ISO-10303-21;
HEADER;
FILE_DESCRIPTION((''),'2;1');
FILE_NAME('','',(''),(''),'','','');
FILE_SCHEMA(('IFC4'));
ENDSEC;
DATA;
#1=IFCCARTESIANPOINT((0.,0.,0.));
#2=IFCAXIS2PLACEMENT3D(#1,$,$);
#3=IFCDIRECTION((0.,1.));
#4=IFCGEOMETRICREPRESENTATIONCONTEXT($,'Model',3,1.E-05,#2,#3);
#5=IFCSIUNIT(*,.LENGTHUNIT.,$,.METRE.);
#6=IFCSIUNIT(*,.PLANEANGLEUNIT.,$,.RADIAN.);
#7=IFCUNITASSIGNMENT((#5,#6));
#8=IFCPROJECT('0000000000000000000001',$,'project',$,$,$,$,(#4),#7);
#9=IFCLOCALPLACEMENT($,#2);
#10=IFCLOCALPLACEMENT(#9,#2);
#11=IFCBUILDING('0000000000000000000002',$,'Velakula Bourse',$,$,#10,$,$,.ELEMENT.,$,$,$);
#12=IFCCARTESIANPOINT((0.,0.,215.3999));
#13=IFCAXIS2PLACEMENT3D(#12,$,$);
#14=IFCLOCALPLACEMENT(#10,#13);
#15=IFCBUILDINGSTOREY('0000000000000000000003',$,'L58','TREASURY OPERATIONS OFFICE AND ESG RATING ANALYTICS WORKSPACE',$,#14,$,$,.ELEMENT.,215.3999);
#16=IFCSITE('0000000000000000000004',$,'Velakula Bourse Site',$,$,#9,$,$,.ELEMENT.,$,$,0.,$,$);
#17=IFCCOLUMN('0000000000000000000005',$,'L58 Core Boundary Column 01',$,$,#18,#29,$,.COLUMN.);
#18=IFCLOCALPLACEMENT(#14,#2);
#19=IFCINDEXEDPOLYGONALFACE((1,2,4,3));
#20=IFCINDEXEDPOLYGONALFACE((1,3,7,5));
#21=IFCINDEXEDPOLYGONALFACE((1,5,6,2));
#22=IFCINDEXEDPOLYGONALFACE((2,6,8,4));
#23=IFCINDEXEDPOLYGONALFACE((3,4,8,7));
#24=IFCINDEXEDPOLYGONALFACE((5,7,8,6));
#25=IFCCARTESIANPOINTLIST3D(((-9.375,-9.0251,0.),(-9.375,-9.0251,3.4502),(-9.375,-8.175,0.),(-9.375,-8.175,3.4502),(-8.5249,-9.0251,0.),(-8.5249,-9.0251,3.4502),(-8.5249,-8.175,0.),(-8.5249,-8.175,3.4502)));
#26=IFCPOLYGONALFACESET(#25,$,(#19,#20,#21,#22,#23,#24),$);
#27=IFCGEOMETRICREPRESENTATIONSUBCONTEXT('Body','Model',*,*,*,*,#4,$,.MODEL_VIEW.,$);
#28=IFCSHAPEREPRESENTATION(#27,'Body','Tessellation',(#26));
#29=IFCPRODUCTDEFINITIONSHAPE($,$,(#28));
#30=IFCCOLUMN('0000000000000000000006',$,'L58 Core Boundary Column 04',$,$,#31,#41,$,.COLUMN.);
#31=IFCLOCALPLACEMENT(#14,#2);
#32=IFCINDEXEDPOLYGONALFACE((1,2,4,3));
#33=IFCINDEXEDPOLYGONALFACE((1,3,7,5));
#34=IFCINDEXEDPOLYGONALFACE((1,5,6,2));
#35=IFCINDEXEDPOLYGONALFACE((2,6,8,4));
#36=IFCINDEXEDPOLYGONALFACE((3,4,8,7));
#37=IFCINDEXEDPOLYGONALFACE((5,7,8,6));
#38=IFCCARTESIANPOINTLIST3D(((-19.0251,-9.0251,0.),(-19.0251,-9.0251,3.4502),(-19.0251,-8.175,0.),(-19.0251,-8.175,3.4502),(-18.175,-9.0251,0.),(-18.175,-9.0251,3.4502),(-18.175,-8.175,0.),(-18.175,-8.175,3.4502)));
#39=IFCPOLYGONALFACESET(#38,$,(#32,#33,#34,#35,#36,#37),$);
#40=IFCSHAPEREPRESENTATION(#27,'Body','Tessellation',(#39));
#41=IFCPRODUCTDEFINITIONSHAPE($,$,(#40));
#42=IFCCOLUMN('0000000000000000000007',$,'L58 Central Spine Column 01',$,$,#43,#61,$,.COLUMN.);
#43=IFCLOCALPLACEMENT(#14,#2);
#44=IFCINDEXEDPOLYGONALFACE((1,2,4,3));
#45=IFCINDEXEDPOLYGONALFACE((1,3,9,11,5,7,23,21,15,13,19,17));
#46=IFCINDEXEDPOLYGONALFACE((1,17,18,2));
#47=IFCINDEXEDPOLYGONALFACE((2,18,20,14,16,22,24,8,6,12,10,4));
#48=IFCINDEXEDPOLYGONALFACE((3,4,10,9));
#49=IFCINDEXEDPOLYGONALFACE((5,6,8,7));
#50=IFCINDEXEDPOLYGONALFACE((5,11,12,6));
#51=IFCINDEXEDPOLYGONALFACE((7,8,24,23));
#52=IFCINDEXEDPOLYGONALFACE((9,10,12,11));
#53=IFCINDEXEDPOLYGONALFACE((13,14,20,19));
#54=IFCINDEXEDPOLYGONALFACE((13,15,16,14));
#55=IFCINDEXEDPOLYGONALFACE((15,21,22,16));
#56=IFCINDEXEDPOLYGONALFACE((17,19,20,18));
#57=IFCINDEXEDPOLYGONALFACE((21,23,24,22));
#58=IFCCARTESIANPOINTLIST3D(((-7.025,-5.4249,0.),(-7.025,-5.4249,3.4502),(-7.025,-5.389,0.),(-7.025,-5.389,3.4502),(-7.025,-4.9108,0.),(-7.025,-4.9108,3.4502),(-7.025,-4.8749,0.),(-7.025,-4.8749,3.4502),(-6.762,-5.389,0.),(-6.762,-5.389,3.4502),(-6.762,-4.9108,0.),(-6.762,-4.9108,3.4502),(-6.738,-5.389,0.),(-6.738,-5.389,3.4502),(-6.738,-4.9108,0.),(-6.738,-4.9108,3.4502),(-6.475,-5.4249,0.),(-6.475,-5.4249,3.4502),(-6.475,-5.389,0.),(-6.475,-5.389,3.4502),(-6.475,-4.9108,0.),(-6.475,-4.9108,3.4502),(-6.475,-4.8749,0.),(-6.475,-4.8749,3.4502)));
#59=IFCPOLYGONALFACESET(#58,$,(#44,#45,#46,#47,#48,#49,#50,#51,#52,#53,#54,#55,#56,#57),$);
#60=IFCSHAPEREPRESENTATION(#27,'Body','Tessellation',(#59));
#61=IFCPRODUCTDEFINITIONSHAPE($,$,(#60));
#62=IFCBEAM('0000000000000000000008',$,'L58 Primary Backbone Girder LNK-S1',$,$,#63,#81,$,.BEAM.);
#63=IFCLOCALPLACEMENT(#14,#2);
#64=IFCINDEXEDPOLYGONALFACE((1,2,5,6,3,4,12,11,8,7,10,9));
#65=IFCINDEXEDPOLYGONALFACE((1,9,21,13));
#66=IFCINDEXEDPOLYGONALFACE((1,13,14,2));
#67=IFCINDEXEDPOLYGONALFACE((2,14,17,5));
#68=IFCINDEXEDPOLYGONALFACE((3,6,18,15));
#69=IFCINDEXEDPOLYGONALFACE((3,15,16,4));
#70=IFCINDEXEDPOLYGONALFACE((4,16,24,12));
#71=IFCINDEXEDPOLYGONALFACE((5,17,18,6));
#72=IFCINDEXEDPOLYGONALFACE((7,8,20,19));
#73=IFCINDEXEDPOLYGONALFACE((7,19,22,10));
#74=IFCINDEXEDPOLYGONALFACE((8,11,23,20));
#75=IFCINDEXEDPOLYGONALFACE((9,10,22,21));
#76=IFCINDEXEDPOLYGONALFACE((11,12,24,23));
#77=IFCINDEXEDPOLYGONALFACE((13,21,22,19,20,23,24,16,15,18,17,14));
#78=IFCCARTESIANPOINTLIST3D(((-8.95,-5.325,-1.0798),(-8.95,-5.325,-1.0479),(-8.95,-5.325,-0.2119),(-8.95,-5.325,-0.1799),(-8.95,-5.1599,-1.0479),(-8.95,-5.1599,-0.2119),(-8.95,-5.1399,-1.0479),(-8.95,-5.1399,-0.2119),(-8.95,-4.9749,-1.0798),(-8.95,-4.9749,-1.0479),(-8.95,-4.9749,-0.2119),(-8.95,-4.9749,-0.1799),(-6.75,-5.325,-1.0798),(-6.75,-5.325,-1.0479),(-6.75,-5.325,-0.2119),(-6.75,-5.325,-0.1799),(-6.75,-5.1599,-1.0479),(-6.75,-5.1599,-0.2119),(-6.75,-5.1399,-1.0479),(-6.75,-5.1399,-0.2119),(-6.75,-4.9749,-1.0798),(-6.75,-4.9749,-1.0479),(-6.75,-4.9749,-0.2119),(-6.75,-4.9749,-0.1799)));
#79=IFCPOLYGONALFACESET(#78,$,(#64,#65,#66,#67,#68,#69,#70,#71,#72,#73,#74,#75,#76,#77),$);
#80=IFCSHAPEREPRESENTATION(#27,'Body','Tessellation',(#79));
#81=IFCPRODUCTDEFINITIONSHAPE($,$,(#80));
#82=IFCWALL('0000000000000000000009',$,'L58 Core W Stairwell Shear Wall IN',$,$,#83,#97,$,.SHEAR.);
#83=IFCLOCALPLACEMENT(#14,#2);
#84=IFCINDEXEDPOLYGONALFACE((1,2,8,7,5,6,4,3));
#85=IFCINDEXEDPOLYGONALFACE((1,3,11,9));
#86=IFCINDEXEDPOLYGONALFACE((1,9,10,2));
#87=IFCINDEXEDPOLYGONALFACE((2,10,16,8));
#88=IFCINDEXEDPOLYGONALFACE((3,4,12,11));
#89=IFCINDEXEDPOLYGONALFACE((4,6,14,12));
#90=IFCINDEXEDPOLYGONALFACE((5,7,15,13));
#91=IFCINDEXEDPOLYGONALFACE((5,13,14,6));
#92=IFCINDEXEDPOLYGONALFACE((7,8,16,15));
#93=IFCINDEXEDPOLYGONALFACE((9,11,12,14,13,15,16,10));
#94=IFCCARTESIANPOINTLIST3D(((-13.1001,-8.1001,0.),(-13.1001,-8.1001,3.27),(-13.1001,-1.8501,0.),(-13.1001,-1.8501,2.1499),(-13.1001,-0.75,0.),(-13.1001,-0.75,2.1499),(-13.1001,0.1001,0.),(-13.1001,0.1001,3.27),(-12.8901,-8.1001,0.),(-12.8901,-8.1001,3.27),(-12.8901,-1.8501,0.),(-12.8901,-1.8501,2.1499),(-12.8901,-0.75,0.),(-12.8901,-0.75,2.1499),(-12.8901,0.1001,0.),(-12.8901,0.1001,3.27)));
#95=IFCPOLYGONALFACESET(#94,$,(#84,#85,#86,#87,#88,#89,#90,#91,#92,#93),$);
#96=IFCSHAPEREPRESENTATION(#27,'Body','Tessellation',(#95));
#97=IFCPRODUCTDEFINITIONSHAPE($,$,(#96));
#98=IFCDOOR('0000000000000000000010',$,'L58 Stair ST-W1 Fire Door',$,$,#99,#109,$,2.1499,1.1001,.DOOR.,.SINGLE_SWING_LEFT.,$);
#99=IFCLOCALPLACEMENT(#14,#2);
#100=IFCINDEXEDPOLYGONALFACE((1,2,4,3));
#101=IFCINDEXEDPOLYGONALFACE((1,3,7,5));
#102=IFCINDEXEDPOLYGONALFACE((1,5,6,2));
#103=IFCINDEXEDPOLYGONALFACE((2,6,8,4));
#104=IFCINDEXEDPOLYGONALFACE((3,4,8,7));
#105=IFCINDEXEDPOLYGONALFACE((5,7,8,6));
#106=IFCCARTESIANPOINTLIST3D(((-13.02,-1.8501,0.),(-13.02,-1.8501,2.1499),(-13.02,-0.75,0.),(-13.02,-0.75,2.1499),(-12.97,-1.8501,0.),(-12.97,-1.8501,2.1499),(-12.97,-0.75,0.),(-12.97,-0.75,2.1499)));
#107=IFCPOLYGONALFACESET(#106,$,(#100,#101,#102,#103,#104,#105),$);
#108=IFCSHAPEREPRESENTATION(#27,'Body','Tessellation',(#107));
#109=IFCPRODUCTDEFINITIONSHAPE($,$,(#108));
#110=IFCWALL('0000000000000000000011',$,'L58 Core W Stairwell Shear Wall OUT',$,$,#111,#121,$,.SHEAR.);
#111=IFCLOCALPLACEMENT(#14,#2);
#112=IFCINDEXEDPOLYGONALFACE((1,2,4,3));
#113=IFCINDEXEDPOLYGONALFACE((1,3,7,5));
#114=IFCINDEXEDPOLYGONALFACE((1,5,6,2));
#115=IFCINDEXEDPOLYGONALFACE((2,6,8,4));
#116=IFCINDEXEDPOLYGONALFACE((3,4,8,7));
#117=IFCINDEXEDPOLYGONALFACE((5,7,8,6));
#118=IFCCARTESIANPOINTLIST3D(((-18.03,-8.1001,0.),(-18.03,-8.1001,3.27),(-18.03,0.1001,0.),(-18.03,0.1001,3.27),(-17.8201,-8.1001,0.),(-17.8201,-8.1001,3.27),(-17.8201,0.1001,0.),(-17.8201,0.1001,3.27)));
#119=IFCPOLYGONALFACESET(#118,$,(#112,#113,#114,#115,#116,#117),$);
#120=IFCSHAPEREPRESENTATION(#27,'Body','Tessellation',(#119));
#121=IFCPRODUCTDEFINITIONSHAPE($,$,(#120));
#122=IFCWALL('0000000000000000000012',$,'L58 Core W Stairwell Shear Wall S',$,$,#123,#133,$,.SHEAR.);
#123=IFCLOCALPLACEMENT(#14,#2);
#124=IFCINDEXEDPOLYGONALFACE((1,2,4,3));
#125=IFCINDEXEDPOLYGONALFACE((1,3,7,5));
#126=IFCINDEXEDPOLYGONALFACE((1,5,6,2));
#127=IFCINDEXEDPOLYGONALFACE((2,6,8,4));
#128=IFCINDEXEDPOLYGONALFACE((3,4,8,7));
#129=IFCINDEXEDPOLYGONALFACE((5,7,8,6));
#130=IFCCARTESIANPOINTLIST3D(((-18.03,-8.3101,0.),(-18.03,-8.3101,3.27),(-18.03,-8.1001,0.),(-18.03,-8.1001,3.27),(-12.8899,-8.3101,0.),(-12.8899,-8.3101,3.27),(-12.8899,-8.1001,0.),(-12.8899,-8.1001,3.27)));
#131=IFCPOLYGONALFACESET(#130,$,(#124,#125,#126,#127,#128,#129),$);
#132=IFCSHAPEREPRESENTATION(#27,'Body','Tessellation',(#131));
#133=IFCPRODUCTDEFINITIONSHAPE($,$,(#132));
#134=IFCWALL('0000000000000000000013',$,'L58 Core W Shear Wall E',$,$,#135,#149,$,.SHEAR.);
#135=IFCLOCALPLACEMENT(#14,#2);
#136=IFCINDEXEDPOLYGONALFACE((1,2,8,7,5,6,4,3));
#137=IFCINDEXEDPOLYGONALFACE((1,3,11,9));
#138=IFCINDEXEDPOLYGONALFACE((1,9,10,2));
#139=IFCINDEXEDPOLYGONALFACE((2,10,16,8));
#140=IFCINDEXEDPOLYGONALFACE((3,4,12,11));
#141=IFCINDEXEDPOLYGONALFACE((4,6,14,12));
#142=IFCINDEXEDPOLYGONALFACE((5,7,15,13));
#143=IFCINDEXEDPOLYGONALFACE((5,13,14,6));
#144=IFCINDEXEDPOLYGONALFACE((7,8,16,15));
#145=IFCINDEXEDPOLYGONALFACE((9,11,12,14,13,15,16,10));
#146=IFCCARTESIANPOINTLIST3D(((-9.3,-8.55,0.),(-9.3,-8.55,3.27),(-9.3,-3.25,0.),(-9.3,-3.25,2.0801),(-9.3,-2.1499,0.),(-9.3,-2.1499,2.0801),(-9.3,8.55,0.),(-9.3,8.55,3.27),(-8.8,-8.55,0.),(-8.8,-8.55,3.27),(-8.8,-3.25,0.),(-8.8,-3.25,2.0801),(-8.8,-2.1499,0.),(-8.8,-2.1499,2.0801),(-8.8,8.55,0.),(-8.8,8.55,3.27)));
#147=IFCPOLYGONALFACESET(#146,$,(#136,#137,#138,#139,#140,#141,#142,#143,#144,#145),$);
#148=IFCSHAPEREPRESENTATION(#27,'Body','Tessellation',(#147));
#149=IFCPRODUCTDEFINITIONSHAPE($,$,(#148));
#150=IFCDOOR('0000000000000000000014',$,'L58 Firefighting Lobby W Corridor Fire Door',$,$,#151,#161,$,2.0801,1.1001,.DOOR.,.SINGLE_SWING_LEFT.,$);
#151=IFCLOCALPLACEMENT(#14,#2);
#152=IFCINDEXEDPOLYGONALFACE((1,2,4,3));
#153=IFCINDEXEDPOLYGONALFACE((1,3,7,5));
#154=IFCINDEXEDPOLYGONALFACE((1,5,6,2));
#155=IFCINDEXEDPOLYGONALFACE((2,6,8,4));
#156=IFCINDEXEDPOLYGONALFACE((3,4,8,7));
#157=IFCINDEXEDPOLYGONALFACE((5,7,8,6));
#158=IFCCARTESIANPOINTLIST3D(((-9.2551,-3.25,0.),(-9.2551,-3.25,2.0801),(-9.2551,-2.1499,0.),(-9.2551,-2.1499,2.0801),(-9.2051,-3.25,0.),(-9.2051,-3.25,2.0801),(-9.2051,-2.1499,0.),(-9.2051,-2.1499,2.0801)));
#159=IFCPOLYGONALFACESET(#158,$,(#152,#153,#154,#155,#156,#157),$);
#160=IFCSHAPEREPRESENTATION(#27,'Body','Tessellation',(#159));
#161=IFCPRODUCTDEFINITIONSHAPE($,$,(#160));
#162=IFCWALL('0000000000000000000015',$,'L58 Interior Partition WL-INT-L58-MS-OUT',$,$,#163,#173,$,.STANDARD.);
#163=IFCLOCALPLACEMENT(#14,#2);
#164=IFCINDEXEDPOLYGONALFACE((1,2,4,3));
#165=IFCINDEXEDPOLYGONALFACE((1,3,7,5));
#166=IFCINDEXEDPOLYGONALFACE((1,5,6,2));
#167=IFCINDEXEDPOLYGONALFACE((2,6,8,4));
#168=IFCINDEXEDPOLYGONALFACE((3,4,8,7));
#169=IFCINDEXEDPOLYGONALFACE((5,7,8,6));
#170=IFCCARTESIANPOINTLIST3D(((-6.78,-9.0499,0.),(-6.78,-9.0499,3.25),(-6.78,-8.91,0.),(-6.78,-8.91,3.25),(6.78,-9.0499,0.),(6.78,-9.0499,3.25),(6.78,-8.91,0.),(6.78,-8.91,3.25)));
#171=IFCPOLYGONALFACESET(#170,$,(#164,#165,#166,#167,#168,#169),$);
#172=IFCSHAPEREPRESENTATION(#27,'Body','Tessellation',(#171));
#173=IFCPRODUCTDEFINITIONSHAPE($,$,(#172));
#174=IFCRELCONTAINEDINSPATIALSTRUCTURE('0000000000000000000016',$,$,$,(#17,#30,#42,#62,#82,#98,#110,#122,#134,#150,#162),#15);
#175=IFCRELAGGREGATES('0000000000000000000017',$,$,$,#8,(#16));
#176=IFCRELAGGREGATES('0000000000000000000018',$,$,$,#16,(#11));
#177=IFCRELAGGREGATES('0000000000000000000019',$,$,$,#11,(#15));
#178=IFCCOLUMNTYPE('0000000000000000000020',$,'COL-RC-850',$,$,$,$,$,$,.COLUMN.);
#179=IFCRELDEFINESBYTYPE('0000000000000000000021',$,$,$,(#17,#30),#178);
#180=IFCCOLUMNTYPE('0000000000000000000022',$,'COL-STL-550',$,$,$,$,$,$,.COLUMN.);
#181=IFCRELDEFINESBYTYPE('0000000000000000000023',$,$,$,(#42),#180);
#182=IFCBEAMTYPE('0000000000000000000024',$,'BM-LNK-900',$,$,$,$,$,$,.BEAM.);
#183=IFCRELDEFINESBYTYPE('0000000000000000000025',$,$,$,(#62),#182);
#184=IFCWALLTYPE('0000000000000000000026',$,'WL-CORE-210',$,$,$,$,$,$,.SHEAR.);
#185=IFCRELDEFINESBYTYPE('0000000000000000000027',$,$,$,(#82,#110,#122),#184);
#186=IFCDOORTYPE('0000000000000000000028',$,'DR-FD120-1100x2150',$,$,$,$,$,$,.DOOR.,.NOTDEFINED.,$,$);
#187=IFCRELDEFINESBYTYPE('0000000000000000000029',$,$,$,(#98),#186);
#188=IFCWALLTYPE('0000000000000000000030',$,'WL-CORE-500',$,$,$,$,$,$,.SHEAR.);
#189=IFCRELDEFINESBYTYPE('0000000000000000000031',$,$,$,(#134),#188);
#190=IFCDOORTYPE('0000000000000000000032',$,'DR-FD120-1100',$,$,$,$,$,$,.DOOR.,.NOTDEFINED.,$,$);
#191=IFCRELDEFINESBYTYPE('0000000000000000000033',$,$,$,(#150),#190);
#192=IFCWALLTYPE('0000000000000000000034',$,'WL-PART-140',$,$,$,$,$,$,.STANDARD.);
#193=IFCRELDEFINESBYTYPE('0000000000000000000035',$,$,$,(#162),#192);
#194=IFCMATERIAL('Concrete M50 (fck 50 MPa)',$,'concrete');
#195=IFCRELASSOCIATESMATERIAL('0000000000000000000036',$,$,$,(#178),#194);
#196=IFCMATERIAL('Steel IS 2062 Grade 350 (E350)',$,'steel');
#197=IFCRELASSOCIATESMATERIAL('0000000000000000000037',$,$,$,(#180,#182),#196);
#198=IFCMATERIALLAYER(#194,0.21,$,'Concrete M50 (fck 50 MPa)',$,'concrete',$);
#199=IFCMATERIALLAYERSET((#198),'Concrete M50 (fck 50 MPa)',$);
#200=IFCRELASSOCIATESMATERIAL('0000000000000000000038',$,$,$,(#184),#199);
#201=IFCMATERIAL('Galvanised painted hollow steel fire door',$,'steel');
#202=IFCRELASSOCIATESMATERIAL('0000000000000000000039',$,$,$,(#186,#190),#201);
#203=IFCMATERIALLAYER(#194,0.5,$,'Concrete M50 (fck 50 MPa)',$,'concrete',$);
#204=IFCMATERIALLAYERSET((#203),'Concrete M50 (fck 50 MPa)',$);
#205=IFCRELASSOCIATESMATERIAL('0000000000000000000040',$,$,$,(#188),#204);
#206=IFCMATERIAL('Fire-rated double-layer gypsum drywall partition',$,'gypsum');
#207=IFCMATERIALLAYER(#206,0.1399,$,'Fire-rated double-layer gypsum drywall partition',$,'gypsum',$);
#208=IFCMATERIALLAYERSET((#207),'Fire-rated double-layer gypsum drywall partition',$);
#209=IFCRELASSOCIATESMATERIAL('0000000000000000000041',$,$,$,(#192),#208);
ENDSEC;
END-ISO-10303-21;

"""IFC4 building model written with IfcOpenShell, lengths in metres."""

from ifc_helpers import new_model, si_unit, direction, frame, frame_2d, origin, origin_2d, place, context, subcontext, project, spatial, rectangle, i_section, extrude, material, layer, layer_set, material_profile, profile_set, type_object, element, fill, save


model = new_model("IFC4")

# Units and contexts
model_context = context("Model", 3, precision=1e-05, world=origin(), true_north=direction((0.0, 1.0)))
body_context = subcontext(model_context, "Body", "Model", "MODEL_VIEW")
ifc_project = project(units=[si_unit("LENGTHUNIT", "METRE"), si_unit("PLANEANGLEUNIT", "RADIAN")], contexts=[model_context])

# Site, building, storey
site_placement = place(None, origin())
site = spatial("IfcSite", under=ifc_project, at=site_placement, Name="Velakula Bourse Site", CompositionType="ELEMENT", RefElevation=0.0)
building_placement = place(site_placement, origin())
building = spatial("IfcBuilding", under=site, at=building_placement, Name="Velakula Bourse", CompositionType="ELEMENT")
storey_placement = place(building_placement, frame((0.0, 0.0, 215.3999)))
storey = spatial("IfcBuildingStorey", under=building, at=storey_placement, Name="L58", Description="TREASURY OPERATIONS OFFICE AND ESG RATING ANALYTICS WORKSPACE", CompositionType="ELEMENT", Elevation=215.3999)

# Columns
ifc_material_1 = material(Name="Concrete M50 (fck 50 MPa)", Category="concrete")
ifc_material_profile_1 = material_profile(ifc_material_1, rectangle(XDim=0.8501, YDim=0.8501, at=origin_2d()), Name="Concrete M50 (fck 50 MPa)")
ifc_profile_set_1 = profile_set([ifc_material_profile_1], Name="Concrete M50 (fck 50 MPa)")
column_type_1 = type_object("IfcColumnType", Name="COL-RC-850", PredefinedType="COLUMN", material=ifc_profile_set_1)
for number, where, z_axis, x_axis, name in (
    (1, (-8.95, -8.6001, 0.0), (0.0, 0.0, 1.0), (1.0, 0.0, 0.0), "L58 Core Boundary Column 01"),
    (2, (-18.6001, -8.6001, 0.0), (0.0, 0.0, 1.0), (1.0, 0.0, 0.0), "L58 Core Boundary Column 04"),
):
    element("IfcColumn", number, at=place(storey_placement, frame(where, z_axis=z_axis, x_axis=x_axis)), inside=storey, type_object=column_type_1, Name=name, PredefinedType="COLUMN", context=body_context, shape_type="SweptSolid", body=[
        extrude(rectangle(XDim=0.8501, YDim=0.8501, at=origin_2d()), origin(), (0.0, 0.0, 1.0), 3.4502),
    ])
ifc_material_2 = material(Name="Steel IS 2062 Grade 350 (E350)", Category="steel")
ifc_material_profile_2 = material_profile(ifc_material_2, i_section(OverallWidth=0.55, OverallDepth=0.55, WebThickness=0.0239, FlangeThickness=0.0359, at=origin_2d()), Name="Steel IS 2062 Grade 350 (E350)")
ifc_profile_set_2 = profile_set([ifc_material_profile_2], Name="Steel IS 2062 Grade 350 (E350)")
column_type_2 = type_object("IfcColumnType", Name="COL-STL-550", PredefinedType="COLUMN", material=ifc_profile_set_2)
column_placement = place(storey_placement, frame((-6.75, -5.1499, 0.0), z_axis=(0.0, 0.0, 1.0), x_axis=(1.0, 0.0, 0.0)))
element("IfcColumn", 3, at=column_placement, inside=storey, type_object=column_type_2, Name="L58 Central Spine Column 01", PredefinedType="COLUMN", context=body_context, shape_type="SweptSolid", body=[
    extrude(i_section(OverallWidth=0.55, OverallDepth=0.55, WebThickness=0.0239, FlangeThickness=0.0359, at=origin_2d()), origin(), (0.0, 0.0, 1.0), 3.4502),
])

# Beam
ifc_material_profile_3 = material_profile(ifc_material_2, i_section(OverallWidth=0.3501, OverallDepth=0.8999, WebThickness=0.02, FlangeThickness=0.032, at=origin_2d()), Name="Steel IS 2062 Grade 350 (E350)")
ifc_profile_set_3 = profile_set([ifc_material_profile_3], Name="Steel IS 2062 Grade 350 (E350)")
beam_type = type_object("IfcBeamType", Name="BM-LNK-900", PredefinedType="BEAM", material=ifc_profile_set_3)
beam_placement = place(storey_placement, frame((-8.95, -5.1499, -0.6299), z_axis=(1.0, 0.0, 0.0), x_axis=(0.0, 1.0, 0.0)))
element("IfcBeam", 4, at=beam_placement, inside=storey, type_object=beam_type, Name="L58 Primary Backbone Girder LNK-S1", PredefinedType="BEAM", context=body_context, shape_type="SweptSolid", body=[
    extrude(i_section(OverallWidth=0.3501, OverallDepth=0.8999, WebThickness=0.02, FlangeThickness=0.032, at=origin_2d()), origin(), (0.0, 0.0, 1.0), 2.2),
])

# Wall, opening, door
ifc_layer_1 = layer(ifc_material_1, 0.21, Name="Concrete M50 (fck 50 MPa)", Category="concrete")
ifc_layer_set_1 = layer_set([ifc_layer_1], Name="Concrete M50 (fck 50 MPa)")
wall_type_1 = type_object("IfcWallType", Name="WL-CORE-210", PredefinedType="SHEAR", material=ifc_layer_set_1)
wall_1_placement = place(storey_placement, frame((-12.9951, -8.1001, 0.0), z_axis=(0.0, 0.0, 1.0), x_axis=(0.0, 1.0, 0.0)))
wall_1 = element("IfcWall", 5, at=wall_1_placement, inside=storey, type_object=wall_type_1, Name="L58 Core W Stairwell Shear Wall IN", PredefinedType="SHEAR", context=body_context, shape_type="SweptSolid", body=[
    extrude(rectangle(XDim=8.2002, YDim=0.21, at=frame_2d((4.1001, 0.0))), origin(), (0.0, 0.0, 1.0), 3.27),
])
opening_1_placement = place(wall_1_placement, frame((6.25, 0.0, 0.0)))
opening_1 = element("IfcOpeningElement", 6, at=opening_1_placement, cuts=wall_1, PredefinedType="OPENING", context=body_context, shape_type="SweptSolid", body=[
    extrude(rectangle(XDim=1.1001, YDim=2.1499, at=frame_2d((0.55, 1.075))), frame((0.0, 0.115, 0.0), z_axis=(0.0, -1.0, 0.0), x_axis=(1.0, 0.0, 0.0)), (0.0, 0.0, 1.0), 0.23),
])
ifc_material_3 = material(Name="Galvanised painted hollow steel fire door", Category="steel")
door_type_1 = type_object("IfcDoorType", Name="DR-FD120-1100x2150", OperationType="NOTDEFINED", PredefinedType="DOOR", material=ifc_material_3)
door_1_placement = place(opening_1_placement, origin())
door_1 = element("IfcDoor", 7, at=door_1_placement, inside=storey, type_object=door_type_1, Name="L58 Stair ST-W1 Fire Door", OperationType="SINGLE_SWING_LEFT", OverallHeight=2.1499, OverallWidth=1.1001, PredefinedType="DOOR", context=body_context, shape_type="SweptSolid", body=[
    extrude(rectangle(XDim=1.1001, YDim=2.1499, at=frame_2d((0.55, 1.075))), frame((0.0, 0.0249, 0.0), z_axis=(0.0, -1.0, 0.0), x_axis=(1.0, 0.0, 0.0)), (0.0, 0.0, 1.0), 0.05),
])
fill(opening_1, door_1)

# Walls
wall_2_placement = place(storey_placement, frame((-17.925, -8.1001, 0.0), z_axis=(0.0, 0.0, 1.0), x_axis=(0.0, 1.0, 0.0)))
element("IfcWall", 8, at=wall_2_placement, inside=storey, type_object=wall_type_1, Name="L58 Core W Stairwell Shear Wall OUT", PredefinedType="SHEAR", context=body_context, shape_type="SweptSolid", body=[
    extrude(rectangle(XDim=8.2002, YDim=0.21, at=frame_2d((4.1001, 0.0))), origin(), (0.0, 0.0, 1.0), 3.27),
])
wall_3_placement = place(storey_placement, frame((-18.03, -8.2051, 0.0), z_axis=(0.0, 0.0, 1.0), x_axis=(1.0, 0.0, 0.0)))
element("IfcWall", 9, at=wall_3_placement, inside=storey, type_object=wall_type_1, Name="L58 Core W Stairwell Shear Wall S", PredefinedType="SHEAR", context=body_context, shape_type="SweptSolid", body=[
    extrude(rectangle(XDim=5.1401, YDim=0.21, at=frame_2d((2.5701, 0.0))), origin(), (0.0, 0.0, 1.0), 3.27),
])

# Wall, opening, door
ifc_layer_2 = layer(ifc_material_1, 0.5, Name="Concrete M50 (fck 50 MPa)", Category="concrete")
ifc_layer_set_2 = layer_set([ifc_layer_2], Name="Concrete M50 (fck 50 MPa)")
wall_type_2 = type_object("IfcWallType", Name="WL-CORE-500", PredefinedType="SHEAR", material=ifc_layer_set_2)
wall_4_placement = place(storey_placement, frame((-9.05, -8.55, 0.0), z_axis=(0.0, 0.0, 1.0), x_axis=(0.0, 1.0, 0.0)))
wall_4 = element("IfcWall", 10, at=wall_4_placement, inside=storey, type_object=wall_type_2, Name="L58 Core W Shear Wall E", PredefinedType="SHEAR", context=body_context, shape_type="SweptSolid", body=[
    extrude(rectangle(XDim=17.1001, YDim=0.5, at=frame_2d((8.55, 0.0))), origin(), (0.0, 0.0, 1.0), 3.27),
])
opening_2_placement = place(wall_4_placement, frame((5.3, 0.0, 0.0)))
opening_2 = element("IfcOpeningElement", 11, at=opening_2_placement, cuts=wall_4, PredefinedType="OPENING", context=body_context, shape_type="SweptSolid", body=[
    extrude(rectangle(XDim=1.1001, YDim=2.0801, at=frame_2d((0.55, 1.04))), frame((0.0, 0.26, 0.0), z_axis=(0.0, -1.0, 0.0), x_axis=(1.0, 0.0, 0.0)), (0.0, 0.0, 1.0), 0.52),
])
door_type_2 = type_object("IfcDoorType", Name="DR-FD120-1100", OperationType="NOTDEFINED", PredefinedType="DOOR", material=ifc_material_3)
door_2_placement = place(opening_2_placement, origin())
door_2 = element("IfcDoor", 12, at=door_2_placement, inside=storey, type_object=door_type_2, Name="L58 Firefighting Lobby W Corridor Fire Door", OperationType="SINGLE_SWING_LEFT", OverallHeight=2.0801, OverallWidth=1.1001, PredefinedType="DOOR", context=body_context, shape_type="SweptSolid", body=[
    extrude(rectangle(XDim=1.1001, YDim=2.0801, at=frame_2d((0.55, 1.04))), frame((0.0, 0.2051, 0.0), z_axis=(0.0, -1.0, 0.0), x_axis=(1.0, 0.0, 0.0)), (0.0, 0.0, 1.0), 0.05),
])
fill(opening_2, door_2)

# Wall
ifc_material_4 = material(Name="Fire-rated double-layer gypsum drywall partition", Category="gypsum")
ifc_layer_3 = layer(ifc_material_4, 0.1399, Name="Fire-rated double-layer gypsum drywall partition", Category="gypsum")
ifc_layer_set_3 = layer_set([ifc_layer_3], Name="Fire-rated double-layer gypsum drywall partition")
wall_type_3 = type_object("IfcWallType", Name="WL-PART-140", PredefinedType="STANDARD", material=ifc_layer_set_3)
wall_5_placement = place(storey_placement, frame((-6.78, -8.98, 0.0), z_axis=(0.0, 0.0, 1.0), x_axis=(1.0, 0.0, 0.0)))
element("IfcWall", 13, at=wall_5_placement, inside=storey, type_object=wall_type_3, Name="L58 Interior Partition WL-INT-L58-MS-OUT", PredefinedType="STANDARD", context=body_context, shape_type="SweptSolid", body=[
    extrude(rectangle(XDim=13.5601, YDim=0.1399, at=frame_2d((6.78, 0.0))), origin(), (0.0, 0.0, 1.0), 3.25),
])

save(model, "model.ifc")
